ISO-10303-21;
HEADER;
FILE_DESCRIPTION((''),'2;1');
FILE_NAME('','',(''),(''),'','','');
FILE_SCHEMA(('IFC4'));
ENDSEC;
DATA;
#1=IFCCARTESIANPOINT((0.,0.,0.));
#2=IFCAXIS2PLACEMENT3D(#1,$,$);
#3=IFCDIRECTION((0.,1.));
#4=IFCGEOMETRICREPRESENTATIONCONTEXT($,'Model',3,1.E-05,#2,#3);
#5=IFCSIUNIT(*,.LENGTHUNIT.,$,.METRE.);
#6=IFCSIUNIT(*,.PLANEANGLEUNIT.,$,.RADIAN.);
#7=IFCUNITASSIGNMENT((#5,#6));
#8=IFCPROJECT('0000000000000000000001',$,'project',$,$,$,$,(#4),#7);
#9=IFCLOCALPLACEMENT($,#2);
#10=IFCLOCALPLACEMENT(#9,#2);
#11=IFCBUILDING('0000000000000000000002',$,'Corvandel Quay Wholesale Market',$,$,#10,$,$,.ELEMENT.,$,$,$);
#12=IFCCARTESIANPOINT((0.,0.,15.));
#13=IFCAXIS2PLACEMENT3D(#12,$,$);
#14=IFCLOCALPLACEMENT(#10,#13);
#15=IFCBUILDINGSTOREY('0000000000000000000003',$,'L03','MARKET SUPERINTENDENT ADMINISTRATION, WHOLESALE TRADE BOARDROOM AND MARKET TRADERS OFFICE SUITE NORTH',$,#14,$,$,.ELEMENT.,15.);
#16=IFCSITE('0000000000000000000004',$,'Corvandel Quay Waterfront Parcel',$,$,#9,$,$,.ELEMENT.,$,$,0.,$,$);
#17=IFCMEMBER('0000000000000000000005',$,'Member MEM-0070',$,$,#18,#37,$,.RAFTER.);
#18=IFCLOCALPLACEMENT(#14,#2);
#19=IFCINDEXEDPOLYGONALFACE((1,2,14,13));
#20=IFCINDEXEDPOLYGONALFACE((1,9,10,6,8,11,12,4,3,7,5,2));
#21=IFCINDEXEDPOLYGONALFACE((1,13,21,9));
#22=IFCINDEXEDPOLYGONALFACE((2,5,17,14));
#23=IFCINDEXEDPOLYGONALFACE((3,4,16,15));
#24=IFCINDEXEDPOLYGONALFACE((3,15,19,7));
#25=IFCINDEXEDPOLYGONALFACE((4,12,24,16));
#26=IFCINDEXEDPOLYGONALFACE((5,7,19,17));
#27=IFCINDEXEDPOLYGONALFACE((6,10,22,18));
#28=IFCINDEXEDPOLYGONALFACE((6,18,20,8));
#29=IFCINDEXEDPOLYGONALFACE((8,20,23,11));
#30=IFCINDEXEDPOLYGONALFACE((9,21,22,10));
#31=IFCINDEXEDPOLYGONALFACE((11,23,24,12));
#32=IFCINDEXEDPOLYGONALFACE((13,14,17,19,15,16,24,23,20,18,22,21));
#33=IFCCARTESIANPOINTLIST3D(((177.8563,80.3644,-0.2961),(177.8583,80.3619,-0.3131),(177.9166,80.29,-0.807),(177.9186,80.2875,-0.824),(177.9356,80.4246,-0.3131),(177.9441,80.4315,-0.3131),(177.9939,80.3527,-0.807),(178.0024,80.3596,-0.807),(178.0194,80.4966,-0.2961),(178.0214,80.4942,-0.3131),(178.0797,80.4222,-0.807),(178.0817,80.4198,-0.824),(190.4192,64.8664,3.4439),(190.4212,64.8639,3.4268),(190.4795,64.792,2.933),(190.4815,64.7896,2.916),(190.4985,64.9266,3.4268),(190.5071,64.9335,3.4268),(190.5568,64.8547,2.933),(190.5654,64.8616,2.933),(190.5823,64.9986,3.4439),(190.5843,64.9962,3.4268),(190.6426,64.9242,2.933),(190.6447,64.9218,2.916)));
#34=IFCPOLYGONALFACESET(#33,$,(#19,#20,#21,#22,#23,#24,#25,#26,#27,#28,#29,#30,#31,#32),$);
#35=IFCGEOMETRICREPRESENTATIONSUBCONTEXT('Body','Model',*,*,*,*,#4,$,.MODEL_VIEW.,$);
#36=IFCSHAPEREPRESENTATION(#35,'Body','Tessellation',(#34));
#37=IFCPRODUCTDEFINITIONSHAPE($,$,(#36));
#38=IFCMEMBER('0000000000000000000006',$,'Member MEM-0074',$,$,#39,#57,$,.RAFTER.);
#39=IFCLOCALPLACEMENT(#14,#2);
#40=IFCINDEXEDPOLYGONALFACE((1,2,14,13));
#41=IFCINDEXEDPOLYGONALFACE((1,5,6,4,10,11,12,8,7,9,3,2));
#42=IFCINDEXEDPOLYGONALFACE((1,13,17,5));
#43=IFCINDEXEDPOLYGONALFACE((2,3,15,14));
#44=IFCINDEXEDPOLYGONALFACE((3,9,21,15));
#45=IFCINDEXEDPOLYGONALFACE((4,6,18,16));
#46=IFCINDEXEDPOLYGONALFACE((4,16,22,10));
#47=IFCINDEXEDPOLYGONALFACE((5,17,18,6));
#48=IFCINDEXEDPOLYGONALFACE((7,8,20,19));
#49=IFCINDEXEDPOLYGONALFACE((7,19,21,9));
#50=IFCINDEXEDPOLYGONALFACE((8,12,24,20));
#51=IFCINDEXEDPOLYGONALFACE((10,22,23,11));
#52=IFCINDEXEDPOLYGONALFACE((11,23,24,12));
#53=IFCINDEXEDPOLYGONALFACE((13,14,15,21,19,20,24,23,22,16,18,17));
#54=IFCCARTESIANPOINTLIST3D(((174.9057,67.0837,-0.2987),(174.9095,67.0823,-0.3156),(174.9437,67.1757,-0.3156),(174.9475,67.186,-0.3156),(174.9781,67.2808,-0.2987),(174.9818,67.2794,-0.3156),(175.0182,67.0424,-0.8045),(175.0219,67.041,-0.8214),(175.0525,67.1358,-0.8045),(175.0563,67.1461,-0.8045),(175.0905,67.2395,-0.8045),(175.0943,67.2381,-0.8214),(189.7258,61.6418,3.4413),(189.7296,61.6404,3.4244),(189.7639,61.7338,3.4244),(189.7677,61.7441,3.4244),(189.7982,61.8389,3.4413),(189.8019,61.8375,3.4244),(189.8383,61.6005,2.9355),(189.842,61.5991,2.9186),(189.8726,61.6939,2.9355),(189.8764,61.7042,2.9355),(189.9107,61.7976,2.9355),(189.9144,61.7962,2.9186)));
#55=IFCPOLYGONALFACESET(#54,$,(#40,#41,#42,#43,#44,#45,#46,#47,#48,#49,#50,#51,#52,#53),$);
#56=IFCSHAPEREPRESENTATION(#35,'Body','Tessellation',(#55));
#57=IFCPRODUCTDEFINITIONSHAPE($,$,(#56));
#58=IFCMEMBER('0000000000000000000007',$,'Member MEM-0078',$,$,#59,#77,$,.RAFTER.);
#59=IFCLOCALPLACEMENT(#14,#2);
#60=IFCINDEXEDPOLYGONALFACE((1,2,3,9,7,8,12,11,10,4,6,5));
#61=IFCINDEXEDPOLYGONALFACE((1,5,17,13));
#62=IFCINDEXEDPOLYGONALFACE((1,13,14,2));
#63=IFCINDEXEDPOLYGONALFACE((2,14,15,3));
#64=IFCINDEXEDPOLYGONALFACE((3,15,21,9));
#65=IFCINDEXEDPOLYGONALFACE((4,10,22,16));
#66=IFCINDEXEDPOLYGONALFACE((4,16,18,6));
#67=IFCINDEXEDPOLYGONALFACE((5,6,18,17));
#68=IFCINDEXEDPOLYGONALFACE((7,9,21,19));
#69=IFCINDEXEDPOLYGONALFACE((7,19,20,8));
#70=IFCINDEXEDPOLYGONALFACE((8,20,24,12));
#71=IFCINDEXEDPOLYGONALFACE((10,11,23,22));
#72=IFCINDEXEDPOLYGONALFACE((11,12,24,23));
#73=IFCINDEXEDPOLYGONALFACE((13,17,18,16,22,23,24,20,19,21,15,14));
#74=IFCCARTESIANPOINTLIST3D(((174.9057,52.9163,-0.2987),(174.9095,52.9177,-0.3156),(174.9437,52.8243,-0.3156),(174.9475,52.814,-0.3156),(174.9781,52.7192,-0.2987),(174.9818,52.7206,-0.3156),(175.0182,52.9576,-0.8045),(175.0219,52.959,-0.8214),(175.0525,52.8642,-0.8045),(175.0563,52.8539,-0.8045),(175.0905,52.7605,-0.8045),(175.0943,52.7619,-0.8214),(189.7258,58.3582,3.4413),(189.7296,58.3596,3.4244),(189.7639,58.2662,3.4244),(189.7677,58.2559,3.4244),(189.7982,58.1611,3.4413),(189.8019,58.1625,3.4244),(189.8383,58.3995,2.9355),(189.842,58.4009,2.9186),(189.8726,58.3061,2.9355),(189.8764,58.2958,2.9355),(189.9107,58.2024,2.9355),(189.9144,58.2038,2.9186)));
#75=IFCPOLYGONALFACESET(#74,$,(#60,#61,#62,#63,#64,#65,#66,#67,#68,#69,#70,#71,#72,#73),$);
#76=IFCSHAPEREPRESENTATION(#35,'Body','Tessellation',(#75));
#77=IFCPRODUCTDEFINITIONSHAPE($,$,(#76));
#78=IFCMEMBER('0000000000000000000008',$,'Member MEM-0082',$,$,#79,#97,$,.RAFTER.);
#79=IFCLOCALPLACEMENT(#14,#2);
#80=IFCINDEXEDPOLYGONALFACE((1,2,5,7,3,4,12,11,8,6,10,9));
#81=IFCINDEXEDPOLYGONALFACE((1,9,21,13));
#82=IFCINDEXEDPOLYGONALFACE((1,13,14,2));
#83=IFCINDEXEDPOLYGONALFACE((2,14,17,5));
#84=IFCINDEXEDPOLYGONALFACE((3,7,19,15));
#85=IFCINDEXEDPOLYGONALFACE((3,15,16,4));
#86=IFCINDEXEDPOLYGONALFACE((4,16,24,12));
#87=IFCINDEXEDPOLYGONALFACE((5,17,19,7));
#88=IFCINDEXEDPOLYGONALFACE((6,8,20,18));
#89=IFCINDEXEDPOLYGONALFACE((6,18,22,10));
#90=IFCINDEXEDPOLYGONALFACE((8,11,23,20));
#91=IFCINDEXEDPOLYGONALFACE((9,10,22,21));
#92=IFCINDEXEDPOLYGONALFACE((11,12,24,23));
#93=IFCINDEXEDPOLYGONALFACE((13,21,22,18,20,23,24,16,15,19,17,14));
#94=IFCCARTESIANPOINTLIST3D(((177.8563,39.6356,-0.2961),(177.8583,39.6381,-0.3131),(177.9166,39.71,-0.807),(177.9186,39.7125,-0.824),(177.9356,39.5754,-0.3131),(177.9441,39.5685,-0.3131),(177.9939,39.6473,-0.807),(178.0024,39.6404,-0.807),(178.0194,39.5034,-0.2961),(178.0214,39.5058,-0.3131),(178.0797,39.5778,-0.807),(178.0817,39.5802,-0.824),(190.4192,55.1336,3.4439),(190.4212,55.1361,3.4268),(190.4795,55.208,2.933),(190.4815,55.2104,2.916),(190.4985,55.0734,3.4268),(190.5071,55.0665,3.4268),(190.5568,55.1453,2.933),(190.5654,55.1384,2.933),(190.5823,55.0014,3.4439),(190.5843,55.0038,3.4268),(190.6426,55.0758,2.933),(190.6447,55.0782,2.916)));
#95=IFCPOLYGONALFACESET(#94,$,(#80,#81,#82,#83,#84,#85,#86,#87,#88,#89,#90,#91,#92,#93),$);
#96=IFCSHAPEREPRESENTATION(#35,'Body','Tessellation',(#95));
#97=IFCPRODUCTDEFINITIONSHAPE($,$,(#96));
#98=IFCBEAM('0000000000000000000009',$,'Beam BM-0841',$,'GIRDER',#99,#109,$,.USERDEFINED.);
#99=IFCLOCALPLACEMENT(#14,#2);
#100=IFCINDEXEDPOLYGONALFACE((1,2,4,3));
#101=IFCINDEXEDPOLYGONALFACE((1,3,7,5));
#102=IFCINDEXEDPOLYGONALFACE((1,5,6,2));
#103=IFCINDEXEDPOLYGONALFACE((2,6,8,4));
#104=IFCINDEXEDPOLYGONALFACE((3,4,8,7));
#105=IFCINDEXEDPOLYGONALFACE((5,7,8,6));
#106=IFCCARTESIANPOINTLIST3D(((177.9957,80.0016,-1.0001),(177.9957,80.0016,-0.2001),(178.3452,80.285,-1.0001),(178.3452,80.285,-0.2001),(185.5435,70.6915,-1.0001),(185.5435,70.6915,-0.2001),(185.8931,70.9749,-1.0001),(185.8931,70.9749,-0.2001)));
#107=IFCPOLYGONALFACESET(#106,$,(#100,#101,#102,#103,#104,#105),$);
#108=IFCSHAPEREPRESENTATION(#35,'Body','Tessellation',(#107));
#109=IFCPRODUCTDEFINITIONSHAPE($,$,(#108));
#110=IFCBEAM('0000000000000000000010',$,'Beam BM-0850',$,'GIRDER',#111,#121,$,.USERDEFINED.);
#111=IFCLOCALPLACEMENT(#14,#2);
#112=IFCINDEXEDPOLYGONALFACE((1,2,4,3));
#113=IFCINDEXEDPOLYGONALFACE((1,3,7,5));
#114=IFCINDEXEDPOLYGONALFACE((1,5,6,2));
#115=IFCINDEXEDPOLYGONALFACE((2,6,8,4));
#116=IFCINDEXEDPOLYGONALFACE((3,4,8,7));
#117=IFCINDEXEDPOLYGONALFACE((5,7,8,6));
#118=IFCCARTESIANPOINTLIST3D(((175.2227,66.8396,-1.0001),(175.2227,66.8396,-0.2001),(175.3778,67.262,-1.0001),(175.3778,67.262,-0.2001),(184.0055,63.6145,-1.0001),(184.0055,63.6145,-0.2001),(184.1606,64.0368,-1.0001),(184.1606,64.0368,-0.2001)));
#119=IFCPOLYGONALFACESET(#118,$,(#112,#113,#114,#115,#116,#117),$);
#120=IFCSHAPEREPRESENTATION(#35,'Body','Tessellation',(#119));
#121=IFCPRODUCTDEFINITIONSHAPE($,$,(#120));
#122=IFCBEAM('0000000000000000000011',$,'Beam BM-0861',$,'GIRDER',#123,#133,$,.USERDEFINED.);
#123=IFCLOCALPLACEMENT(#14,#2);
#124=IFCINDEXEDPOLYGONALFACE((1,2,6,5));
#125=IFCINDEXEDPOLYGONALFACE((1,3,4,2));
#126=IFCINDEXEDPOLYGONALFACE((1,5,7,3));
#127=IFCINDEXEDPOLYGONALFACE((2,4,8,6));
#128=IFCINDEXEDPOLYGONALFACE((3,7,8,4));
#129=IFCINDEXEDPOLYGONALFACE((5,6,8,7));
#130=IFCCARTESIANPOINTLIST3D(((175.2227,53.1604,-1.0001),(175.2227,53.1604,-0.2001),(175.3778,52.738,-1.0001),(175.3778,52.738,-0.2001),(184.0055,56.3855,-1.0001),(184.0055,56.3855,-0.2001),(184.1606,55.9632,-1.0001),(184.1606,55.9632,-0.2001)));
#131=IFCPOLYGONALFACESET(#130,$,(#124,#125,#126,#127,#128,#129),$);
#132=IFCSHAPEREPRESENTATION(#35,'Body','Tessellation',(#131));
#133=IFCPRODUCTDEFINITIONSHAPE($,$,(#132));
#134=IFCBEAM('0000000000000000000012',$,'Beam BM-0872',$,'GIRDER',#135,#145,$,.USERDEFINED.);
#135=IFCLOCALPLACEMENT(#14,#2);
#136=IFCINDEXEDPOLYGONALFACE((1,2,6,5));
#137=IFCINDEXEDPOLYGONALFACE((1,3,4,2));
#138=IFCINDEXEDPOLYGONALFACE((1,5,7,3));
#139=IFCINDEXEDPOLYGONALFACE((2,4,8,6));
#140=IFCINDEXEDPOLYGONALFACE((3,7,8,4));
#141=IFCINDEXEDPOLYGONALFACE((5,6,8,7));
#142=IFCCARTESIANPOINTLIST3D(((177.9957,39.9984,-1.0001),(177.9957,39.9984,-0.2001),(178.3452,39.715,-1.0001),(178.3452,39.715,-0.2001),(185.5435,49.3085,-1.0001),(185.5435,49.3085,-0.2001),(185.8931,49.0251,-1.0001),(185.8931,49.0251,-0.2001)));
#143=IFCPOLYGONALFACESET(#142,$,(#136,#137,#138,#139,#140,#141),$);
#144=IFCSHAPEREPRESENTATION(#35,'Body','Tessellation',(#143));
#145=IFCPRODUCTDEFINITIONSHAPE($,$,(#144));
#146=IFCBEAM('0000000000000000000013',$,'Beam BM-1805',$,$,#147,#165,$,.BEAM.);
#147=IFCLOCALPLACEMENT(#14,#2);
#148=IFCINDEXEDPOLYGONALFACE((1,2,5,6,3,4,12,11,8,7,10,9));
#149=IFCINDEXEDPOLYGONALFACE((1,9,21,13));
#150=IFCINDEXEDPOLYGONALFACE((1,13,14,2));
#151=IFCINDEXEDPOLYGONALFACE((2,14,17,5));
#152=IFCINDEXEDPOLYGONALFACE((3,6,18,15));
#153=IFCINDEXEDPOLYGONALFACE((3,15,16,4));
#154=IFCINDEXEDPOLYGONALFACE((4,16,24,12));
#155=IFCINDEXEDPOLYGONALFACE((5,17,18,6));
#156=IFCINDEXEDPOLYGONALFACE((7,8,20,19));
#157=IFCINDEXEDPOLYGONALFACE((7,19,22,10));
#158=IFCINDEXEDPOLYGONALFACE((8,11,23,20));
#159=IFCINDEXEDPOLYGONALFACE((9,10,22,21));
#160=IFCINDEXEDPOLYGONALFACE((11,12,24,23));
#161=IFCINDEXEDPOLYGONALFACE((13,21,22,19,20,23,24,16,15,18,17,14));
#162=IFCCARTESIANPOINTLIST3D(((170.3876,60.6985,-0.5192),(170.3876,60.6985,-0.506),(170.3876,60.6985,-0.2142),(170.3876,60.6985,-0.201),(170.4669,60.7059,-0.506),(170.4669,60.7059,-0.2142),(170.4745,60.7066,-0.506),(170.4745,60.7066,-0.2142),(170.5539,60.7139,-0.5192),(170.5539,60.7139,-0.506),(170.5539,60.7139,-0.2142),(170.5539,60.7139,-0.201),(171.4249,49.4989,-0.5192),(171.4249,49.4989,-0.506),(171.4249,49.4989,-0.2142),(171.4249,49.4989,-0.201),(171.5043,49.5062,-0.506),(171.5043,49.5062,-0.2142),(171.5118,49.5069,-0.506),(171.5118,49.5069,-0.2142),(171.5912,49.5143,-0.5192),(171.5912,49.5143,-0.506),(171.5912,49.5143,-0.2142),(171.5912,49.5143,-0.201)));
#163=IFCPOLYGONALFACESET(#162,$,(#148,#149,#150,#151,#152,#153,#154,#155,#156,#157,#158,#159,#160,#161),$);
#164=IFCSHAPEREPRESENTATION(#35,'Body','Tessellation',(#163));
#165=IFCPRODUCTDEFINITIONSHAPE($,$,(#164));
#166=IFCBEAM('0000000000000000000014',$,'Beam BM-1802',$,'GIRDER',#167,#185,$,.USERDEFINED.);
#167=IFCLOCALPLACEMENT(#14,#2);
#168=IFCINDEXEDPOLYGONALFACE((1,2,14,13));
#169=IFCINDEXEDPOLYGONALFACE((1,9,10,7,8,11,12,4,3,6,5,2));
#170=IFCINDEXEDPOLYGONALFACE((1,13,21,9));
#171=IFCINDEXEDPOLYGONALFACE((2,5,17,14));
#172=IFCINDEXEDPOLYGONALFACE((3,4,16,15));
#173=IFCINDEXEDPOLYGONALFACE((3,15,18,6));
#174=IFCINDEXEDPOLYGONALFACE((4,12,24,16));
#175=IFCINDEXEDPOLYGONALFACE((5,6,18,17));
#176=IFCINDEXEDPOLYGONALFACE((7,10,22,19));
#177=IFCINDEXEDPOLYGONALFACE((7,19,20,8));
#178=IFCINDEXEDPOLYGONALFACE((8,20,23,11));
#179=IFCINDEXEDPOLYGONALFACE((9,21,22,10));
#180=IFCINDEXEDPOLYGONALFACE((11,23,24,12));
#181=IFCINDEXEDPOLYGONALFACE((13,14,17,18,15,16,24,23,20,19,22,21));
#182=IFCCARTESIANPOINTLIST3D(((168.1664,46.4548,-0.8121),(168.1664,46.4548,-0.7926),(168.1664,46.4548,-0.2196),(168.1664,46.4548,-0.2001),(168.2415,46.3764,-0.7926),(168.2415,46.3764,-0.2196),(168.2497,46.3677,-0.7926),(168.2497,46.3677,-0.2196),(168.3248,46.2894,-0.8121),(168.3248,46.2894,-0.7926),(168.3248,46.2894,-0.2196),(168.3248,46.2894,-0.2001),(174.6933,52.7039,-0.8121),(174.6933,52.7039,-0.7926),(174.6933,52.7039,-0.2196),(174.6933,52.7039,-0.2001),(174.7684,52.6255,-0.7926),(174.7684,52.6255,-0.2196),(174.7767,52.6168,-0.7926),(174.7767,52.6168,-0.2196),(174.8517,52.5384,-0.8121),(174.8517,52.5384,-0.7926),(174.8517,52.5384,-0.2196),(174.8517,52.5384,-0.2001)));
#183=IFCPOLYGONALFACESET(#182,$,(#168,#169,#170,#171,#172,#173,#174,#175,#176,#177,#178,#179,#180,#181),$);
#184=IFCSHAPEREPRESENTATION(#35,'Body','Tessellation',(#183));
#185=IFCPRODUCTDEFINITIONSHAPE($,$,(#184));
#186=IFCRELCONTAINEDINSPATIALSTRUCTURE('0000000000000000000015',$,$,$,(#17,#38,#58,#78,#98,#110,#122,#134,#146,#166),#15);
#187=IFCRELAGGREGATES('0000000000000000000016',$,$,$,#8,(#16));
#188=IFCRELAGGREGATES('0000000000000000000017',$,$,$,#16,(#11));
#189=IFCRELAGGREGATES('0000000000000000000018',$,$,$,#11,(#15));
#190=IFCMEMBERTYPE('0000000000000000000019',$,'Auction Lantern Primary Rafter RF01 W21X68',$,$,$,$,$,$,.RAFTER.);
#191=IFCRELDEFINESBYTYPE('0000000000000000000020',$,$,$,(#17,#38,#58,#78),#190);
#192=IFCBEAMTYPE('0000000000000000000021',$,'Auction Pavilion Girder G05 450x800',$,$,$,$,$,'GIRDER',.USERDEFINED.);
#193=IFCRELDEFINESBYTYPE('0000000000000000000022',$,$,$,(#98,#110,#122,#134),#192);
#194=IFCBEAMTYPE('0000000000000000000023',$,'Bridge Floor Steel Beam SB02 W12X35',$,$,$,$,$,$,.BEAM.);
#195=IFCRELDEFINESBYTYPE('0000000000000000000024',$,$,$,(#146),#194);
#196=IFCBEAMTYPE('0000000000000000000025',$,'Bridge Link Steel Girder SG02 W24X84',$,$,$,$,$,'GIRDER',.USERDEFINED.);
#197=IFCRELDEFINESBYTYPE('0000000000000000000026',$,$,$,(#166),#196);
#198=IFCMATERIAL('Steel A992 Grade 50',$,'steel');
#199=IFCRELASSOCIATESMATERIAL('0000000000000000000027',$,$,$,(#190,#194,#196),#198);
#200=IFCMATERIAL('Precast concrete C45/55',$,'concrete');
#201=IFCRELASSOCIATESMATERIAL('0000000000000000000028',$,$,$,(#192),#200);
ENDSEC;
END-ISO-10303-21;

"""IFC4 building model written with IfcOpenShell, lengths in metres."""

from ifc_helpers import new_model, si_unit, direction, frame, origin, origin_2d, place, context, subcontext, project, spatial, rectangle, i_section, extrude, material, material_profile, profile_set, type_object, element, save


model = new_model("IFC4")

# Units and contexts
model_context = context("Model", 3, precision=1e-05, world=origin(), true_north=direction((0.0, 1.0)))
body_context = subcontext(model_context, "Body", "Model", "MODEL_VIEW")
ifc_project = project(units=[si_unit("LENGTHUNIT", "METRE"), si_unit("PLANEANGLEUNIT", "RADIAN")], contexts=[model_context])

# Site, building, storey
site_placement = place(None, origin())
site = spatial("IfcSite", under=ifc_project, at=site_placement, Name="Corvandel Quay Waterfront Parcel", CompositionType="ELEMENT", RefElevation=0.0)
building_placement = place(site_placement, origin())
building = spatial("IfcBuilding", under=site, at=building_placement, Name="Corvandel Quay Wholesale Market", CompositionType="ELEMENT")
storey_placement = place(building_placement, frame((0.0, 0.0, 15.0)))
storey = spatial("IfcBuildingStorey", under=building, at=storey_placement, Name="L03", Description="MARKET SUPERINTENDENT ADMINISTRATION, WHOLESALE TRADE BOARDROOM AND MARKET TRADERS OFFICE SUITE NORTH", CompositionType="ELEMENT", Elevation=15.0)

# Members
ifc_material_1 = material(Name="Steel A992 Grade 50", Category="steel")
ifc_material_profile_1 = material_profile(ifc_material_1, i_section(OverallWidth=0.21, OverallDepth=0.5371, WebThickness=0.011, FlangeThickness=0.0173, at=origin_2d()), Name="W21X68")
ifc_profile_set_1 = profile_set([ifc_material_profile_1], Name="Steel A992 Grade 50")
member_type_1 = type_object("IfcMemberType", Name="Auction Lantern Primary Rafter RF01 W21X68", PredefinedType="RAFTER", material=ifc_profile_set_1)
member_1_placement = place(storey_placement, frame((177.969, 80.3921, -0.5601), z_axis=(0.61893, -0.763529, 0.184255), x_axis=(0.776829, 0.629711, 0.0)))
element("IfcMember", 1, at=member_1_placement, inside=storey, type_object=member_type_1, Name="Member MEM-0070", PredefinedType="RAFTER", context=body_context, shape_type="SweptSolid", body=[
    extrude(i_section(OverallWidth=0.21, OverallDepth=0.5371, WebThickness=0.011, FlangeThickness=0.0173, at=origin_2d()), origin(), (0.0, 0.0, 1.0), 20.2979),
])
for number, where, z_axis, x_axis, name in (
    (2, (175.0, 67.1609, -0.5601), (0.913435, -0.335411, 0.230514), (0.344694, 0.938715, 0.0), "Member MEM-0074"),
    (3, (175.0, 52.8391, -0.5601), (0.913435, 0.335411, 0.230514), (-0.344694, 0.938715, 0.0), "Member MEM-0078"),
):
    element("IfcMember", number, at=place(storey_placement, frame(where, z_axis=z_axis, x_axis=x_axis)), inside=storey, type_object=member_type_1, Name=name, PredefinedType="RAFTER", context=body_context, shape_type="SweptSolid", body=[
        extrude(i_section(OverallWidth=0.21, OverallDepth=0.5371, WebThickness=0.011, FlangeThickness=0.0173, at=origin_2d()), origin(), (0.0, 0.0, 1.0), 16.2246),
    ])
member_2_placement = place(storey_placement, frame((177.969, 39.6079, -0.5601), z_axis=(0.61893, 0.763529, 0.184255), x_axis=(-0.776829, 0.629711, 0.0)))
element("IfcMember", 4, at=member_2_placement, inside=storey, type_object=member_type_1, Name="Member MEM-0082", PredefinedType="RAFTER", context=body_context, shape_type="SweptSolid", body=[
    extrude(i_section(OverallWidth=0.21, OverallDepth=0.5371, WebThickness=0.011, FlangeThickness=0.0173, at=origin_2d()), origin(), (0.0, 0.0, 1.0), 20.2979),
])

# Beams
ifc_material_2 = material(Name="Precast concrete C45/55", Category="concrete")
ifc_material_profile_2 = material_profile(ifc_material_2, rectangle(XDim=0.45, YDim=0.8, at=origin_2d()), Name="PC-GIR-450x800")
ifc_profile_set_2 = profile_set([ifc_material_profile_2], Name="Precast concrete C45/55")
beam_type_1 = type_object("IfcBeamType", Name="Auction Pavilion Girder G05 450x800", ElementType="GIRDER", PredefinedType="USERDEFINED", material=ifc_profile_set_2)
beam_1_placement = place(storey_placement, frame((178.1704, 80.1433, -0.6001), z_axis=(0.629759, -0.77679, 0.0), x_axis=(0.77679, 0.629759, 0.0)))
element("IfcBeam", 5, at=beam_1_placement, inside=storey, type_object=beam_type_1, Name="Beam BM-0841", ObjectType="GIRDER", PredefinedType="USERDEFINED", context=body_context, shape_type="SweptSolid", body=[
    extrude(rectangle(XDim=0.45, YDim=0.8, at=origin_2d()), origin(), (0.0, 0.0, 1.0), 11.9854),
])
for number, where, z_axis, x_axis, name in (
    (6, (175.3003, 67.0508, -0.6001), (0.938711, -0.344704, 0.0), (0.344704, 0.938711, 0.0), "Beam BM-0850"),
    (7, (175.3003, 52.9492, -0.6001), (0.938711, 0.344704, 0.0), (-0.344704, 0.938711, 0.0), "Beam BM-0861"),
):
    element("IfcBeam", number, at=place(storey_placement, frame(where, z_axis=z_axis, x_axis=x_axis)), inside=storey, type_object=beam_type_1, Name=name, ObjectType="GIRDER", PredefinedType="USERDEFINED", context=body_context, shape_type="SweptSolid", body=[
        extrude(rectangle(XDim=0.45, YDim=0.8, at=origin_2d()), origin(), (0.0, 0.0, 1.0), 9.3562),
    ])
beam_2_placement = place(storey_placement, frame((178.1704, 39.8567, -0.6001), z_axis=(0.629759, 0.77679, 0.0), x_axis=(-0.77679, 0.629759, 0.0)))
element("IfcBeam", 8, at=beam_2_placement, inside=storey, type_object=beam_type_1, Name="Beam BM-0872", ObjectType="GIRDER", PredefinedType="USERDEFINED", context=body_context, shape_type="SweptSolid", body=[
    extrude(rectangle(XDim=0.45, YDim=0.8, at=origin_2d()), origin(), (0.0, 0.0, 1.0), 11.9854),
])
ifc_material_profile_3 = material_profile(ifc_material_1, i_section(OverallWidth=0.167, OverallDepth=0.3181, WebThickness=0.0076, FlangeThickness=0.0132, at=origin_2d()), Name="W12X35")
ifc_profile_set_3 = profile_set([ifc_material_profile_3], Name="Steel A992 Grade 50")
beam_type_2 = type_object("IfcBeamType", Name="Bridge Floor Steel Beam SB02 W12X35", PredefinedType="BEAM", material=ifc_profile_set_3)
beam_3_placement = place(storey_placement, frame((171.5081, 49.5066, -0.3601), z_axis=(-0.092228, 0.995738, 0.0), x_axis=(-0.995738, -0.092228, 0.0)))
element("IfcBeam", 9, at=beam_3_placement, inside=storey, type_object=beam_type_2, Name="Beam BM-1805", PredefinedType="BEAM", context=body_context, shape_type="SweptSolid", body=[
    extrude(i_section(OverallWidth=0.167, OverallDepth=0.3181, WebThickness=0.0076, FlangeThickness=0.0132, at=origin_2d()), origin(), (0.0, 0.0, 1.0), 11.2476),
])
ifc_material_profile_4 = material_profile(ifc_material_1, i_section(OverallWidth=0.229, OverallDepth=0.6121, WebThickness=0.012, FlangeThickness=0.0195, at=origin_2d()), Name="W24X84")
ifc_profile_set_4 = profile_set([ifc_material_profile_4], Name="Steel A992 Grade 50")
beam_type_3 = type_object("IfcBeamType", Name="Bridge Link Steel Girder SG02 W24X84", ElementType="GIRDER", PredefinedType="USERDEFINED", material=ifc_profile_set_4)
beam_4_placement = place(storey_placement, frame((168.2456, 46.3721, -0.5061), z_axis=(0.722313, 0.691566, 0.0), x_axis=(-0.691566, 0.722313, 0.0)))
element("IfcBeam", 10, at=beam_4_placement, inside=storey, type_object=beam_type_3, Name="Beam BM-1802", ObjectType="GIRDER", PredefinedType="USERDEFINED", context=body_context, shape_type="SweptSolid", body=[
    extrude(i_section(OverallWidth=0.229, OverallDepth=0.6121, WebThickness=0.012, FlangeThickness=0.0195, at=origin_2d()), origin(), (0.0, 0.0, 1.0), 9.0361),
])

save(model, "model.ifc")
